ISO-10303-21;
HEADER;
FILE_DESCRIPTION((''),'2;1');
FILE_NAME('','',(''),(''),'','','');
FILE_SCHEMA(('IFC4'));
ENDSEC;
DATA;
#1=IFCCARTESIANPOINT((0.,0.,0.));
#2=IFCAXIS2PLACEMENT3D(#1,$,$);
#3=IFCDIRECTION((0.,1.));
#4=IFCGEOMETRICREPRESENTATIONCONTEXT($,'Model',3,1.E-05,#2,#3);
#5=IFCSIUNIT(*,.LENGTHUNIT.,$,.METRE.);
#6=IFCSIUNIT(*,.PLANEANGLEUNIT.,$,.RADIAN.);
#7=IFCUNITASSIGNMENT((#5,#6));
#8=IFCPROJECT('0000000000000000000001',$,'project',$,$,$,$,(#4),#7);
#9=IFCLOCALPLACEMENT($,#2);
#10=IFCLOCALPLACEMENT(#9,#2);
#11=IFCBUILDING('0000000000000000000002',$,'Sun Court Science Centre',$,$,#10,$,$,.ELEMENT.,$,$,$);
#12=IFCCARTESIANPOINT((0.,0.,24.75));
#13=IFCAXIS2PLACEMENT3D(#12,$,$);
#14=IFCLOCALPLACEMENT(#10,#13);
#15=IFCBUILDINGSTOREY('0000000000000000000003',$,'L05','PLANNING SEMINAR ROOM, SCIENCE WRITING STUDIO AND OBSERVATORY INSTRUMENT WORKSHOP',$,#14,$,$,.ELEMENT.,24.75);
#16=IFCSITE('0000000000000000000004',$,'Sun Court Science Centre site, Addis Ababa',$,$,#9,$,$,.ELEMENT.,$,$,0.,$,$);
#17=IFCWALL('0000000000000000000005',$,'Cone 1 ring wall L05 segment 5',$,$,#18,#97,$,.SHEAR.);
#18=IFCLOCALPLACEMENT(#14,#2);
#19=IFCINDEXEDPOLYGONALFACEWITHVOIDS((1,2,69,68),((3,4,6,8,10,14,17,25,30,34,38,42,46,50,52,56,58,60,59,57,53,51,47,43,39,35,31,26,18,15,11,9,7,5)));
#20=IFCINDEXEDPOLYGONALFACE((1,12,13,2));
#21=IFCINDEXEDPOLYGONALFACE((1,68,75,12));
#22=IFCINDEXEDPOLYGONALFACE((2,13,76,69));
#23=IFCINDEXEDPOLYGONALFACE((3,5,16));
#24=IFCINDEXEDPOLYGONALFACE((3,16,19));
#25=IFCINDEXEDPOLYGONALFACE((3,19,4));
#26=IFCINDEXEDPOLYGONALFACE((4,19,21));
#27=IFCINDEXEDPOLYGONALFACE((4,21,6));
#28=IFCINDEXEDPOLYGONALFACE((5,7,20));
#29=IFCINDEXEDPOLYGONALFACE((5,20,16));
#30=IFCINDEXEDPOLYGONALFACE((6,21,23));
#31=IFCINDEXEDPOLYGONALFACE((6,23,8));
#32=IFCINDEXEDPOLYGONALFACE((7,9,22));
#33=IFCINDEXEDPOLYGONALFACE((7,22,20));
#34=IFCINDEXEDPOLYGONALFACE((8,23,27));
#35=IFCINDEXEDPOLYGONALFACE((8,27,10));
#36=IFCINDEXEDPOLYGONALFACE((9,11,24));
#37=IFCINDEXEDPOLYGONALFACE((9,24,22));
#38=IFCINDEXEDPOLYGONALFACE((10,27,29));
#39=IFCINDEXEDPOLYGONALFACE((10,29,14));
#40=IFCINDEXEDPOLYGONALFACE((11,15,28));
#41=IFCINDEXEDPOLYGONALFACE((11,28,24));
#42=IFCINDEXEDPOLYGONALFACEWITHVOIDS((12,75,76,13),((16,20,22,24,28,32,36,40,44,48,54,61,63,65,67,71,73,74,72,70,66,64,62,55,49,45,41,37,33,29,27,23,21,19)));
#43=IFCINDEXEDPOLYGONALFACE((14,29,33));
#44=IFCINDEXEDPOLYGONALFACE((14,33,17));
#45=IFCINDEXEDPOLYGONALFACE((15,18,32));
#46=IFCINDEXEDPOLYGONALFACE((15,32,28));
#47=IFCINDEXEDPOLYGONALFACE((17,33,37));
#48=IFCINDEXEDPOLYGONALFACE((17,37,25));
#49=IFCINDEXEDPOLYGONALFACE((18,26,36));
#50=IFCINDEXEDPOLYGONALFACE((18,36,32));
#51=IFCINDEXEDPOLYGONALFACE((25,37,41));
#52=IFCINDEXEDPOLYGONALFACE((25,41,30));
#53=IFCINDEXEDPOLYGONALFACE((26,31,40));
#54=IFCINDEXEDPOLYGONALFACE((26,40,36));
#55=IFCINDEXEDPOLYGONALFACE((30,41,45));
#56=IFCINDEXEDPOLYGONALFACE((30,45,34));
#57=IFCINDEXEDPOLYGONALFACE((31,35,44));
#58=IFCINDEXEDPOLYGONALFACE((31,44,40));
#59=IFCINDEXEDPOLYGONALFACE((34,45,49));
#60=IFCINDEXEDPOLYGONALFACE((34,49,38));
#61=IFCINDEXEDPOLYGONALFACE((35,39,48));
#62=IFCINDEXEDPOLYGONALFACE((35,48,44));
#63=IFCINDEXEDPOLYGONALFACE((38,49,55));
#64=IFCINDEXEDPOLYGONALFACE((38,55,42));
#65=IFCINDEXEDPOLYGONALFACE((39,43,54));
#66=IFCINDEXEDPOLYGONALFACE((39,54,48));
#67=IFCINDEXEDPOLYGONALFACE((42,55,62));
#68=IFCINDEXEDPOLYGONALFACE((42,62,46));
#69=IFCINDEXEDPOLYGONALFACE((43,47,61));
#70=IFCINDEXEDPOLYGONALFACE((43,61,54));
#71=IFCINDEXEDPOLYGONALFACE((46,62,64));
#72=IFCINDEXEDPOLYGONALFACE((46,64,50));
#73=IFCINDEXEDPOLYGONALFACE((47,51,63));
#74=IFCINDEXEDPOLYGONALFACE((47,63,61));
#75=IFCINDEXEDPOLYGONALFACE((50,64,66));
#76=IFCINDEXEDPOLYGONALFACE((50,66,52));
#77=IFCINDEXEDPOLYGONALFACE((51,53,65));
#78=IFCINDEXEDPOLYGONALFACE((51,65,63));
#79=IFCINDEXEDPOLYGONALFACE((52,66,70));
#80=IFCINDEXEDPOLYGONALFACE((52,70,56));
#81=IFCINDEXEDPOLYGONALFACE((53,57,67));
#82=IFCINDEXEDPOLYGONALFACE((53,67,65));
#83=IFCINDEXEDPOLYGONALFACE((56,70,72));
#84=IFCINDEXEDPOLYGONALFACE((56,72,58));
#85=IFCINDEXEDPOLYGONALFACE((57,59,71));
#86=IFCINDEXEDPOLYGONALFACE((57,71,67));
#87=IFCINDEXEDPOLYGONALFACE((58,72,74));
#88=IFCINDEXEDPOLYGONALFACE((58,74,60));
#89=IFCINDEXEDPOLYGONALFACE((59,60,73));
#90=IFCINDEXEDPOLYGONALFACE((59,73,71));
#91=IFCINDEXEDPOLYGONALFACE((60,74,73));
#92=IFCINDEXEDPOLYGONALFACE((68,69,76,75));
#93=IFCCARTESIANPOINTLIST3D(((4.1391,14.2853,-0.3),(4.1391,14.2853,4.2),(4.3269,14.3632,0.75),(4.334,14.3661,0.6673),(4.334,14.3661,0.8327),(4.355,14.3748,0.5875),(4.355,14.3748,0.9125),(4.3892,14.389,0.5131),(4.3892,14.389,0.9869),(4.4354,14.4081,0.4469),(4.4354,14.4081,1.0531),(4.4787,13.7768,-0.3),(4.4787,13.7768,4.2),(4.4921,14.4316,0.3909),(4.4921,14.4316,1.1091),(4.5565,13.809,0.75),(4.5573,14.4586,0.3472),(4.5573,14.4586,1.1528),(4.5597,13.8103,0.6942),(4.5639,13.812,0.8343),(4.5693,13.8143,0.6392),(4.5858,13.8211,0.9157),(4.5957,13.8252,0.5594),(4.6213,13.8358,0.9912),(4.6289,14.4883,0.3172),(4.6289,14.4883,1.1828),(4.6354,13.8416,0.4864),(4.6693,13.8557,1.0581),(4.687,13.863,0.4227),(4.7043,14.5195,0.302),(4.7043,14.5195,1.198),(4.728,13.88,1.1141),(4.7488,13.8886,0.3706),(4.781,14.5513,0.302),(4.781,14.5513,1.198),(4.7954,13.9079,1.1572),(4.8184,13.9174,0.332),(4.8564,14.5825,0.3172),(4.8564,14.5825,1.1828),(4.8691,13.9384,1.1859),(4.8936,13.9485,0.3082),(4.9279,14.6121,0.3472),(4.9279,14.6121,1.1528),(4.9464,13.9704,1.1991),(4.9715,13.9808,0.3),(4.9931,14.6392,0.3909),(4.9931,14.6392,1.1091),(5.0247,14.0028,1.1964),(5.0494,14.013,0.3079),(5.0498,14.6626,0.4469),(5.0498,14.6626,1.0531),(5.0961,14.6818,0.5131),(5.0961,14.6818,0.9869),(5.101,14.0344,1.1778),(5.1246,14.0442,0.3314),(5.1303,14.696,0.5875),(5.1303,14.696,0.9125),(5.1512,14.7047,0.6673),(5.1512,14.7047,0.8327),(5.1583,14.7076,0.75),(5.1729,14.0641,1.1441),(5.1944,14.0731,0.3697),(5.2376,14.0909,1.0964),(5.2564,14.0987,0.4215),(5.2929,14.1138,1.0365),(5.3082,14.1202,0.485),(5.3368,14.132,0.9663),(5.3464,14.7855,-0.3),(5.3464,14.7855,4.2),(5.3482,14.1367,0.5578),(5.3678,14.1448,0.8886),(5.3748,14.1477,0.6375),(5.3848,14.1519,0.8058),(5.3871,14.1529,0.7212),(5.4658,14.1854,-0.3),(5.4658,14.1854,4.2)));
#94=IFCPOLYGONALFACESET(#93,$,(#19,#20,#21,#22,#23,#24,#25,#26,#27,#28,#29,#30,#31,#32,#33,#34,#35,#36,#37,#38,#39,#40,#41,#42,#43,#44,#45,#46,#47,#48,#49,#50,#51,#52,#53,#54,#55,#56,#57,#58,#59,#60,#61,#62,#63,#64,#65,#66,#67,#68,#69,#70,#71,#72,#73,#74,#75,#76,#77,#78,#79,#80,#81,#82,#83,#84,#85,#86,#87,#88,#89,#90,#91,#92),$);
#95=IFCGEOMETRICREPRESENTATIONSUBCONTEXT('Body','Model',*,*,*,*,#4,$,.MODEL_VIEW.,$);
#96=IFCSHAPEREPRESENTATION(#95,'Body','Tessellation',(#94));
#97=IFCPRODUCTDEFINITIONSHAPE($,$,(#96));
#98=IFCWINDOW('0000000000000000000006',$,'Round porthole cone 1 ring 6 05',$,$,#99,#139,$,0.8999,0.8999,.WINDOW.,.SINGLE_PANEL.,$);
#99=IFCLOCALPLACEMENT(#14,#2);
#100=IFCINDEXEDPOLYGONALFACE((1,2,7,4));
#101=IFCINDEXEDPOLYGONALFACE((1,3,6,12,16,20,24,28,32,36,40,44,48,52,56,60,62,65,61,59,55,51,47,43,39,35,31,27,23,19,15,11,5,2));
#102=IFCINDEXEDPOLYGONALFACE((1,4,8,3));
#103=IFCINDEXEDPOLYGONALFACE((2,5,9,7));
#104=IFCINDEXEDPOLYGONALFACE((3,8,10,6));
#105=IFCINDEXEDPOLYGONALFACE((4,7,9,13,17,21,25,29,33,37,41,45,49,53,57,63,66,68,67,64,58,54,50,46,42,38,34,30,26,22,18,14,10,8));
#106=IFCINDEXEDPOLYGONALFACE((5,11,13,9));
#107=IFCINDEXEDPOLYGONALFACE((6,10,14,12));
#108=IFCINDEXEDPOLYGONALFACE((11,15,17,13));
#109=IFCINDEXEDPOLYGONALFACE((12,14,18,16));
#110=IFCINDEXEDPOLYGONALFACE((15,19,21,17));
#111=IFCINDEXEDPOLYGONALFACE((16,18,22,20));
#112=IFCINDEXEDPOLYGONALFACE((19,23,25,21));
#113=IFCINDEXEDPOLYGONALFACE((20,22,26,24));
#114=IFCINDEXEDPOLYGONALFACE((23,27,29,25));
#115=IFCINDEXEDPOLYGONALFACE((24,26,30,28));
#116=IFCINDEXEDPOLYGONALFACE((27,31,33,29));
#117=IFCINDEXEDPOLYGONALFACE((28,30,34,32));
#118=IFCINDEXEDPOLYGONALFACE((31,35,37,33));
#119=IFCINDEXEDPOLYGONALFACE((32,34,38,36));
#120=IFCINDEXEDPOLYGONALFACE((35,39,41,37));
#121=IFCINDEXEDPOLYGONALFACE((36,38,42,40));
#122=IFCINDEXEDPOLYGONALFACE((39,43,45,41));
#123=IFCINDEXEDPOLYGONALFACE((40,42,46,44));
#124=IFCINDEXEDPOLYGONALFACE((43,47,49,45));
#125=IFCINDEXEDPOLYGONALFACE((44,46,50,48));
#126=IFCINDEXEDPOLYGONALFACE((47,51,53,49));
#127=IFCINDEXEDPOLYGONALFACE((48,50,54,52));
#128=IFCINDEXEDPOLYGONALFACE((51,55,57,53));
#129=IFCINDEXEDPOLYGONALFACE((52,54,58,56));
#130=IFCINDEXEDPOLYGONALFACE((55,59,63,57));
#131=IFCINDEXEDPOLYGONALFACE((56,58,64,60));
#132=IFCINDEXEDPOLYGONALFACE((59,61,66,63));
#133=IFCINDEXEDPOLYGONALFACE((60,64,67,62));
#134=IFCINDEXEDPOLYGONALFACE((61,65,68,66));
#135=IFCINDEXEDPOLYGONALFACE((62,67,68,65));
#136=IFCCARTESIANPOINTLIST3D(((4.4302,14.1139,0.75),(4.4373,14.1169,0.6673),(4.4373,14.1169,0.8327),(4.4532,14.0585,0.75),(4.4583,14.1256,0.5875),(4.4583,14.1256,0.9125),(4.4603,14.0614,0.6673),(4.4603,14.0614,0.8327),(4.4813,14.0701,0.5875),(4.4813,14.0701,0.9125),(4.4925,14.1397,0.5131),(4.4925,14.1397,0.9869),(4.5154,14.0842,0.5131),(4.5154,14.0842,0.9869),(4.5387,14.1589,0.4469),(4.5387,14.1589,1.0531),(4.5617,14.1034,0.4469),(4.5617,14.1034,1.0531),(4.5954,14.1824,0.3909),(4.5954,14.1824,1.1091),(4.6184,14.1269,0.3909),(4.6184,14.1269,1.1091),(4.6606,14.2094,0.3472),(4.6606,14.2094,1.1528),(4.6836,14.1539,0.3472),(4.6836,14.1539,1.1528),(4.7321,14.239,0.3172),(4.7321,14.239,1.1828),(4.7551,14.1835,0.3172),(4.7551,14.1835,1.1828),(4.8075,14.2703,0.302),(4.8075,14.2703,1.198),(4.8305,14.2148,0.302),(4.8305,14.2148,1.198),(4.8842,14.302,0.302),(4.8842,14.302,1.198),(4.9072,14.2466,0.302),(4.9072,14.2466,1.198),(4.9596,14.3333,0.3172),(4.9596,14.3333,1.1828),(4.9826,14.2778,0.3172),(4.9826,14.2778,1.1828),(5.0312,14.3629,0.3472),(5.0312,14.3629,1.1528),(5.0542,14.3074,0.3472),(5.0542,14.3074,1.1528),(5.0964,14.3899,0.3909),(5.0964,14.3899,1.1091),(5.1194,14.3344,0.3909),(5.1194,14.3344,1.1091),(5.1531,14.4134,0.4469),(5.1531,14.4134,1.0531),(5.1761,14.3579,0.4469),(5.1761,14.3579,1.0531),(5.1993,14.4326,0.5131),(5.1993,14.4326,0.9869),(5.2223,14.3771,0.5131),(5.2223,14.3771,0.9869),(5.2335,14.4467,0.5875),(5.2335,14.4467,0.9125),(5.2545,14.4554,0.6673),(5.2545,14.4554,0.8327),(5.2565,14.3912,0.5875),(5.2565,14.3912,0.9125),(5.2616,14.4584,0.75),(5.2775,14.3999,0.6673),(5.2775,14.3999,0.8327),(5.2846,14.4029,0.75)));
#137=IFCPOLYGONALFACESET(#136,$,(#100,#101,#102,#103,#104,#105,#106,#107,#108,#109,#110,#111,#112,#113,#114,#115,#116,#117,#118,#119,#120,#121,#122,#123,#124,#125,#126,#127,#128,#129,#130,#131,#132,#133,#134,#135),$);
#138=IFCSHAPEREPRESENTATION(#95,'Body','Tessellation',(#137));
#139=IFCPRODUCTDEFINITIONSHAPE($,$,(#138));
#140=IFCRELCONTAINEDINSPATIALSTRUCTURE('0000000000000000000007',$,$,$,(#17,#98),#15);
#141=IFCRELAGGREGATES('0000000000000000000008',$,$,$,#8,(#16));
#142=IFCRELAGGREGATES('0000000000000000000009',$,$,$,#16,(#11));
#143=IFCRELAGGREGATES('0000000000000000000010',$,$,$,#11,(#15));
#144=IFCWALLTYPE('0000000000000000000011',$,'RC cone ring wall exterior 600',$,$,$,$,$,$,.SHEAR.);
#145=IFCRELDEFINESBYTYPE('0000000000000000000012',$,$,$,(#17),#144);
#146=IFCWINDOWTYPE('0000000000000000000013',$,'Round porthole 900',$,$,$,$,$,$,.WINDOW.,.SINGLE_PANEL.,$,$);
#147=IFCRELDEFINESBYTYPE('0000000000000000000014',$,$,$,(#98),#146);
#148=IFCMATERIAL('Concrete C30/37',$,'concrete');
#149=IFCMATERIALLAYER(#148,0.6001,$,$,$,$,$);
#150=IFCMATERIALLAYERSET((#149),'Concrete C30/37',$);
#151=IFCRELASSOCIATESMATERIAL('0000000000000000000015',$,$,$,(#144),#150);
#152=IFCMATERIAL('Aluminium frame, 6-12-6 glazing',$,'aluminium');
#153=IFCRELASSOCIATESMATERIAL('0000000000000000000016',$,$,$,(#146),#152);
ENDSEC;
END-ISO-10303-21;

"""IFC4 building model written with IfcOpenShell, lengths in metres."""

from ifc_helpers import new_model, si_unit, direction, frame, frame_2d, origin, place, context, subcontext, project, spatial, polyline, circle, outline, extrude, material, layer, layer_set, type_object, element, fill, save


model = new_model("IFC4")

# Units and contexts
model_context = context("Model", 3, precision=1e-05, world=origin(), true_north=direction((0.0, 1.0)))
body_context = subcontext(model_context, "Body", "Model", "MODEL_VIEW")
ifc_project = project(units=[si_unit("LENGTHUNIT", "METRE"), si_unit("PLANEANGLEUNIT", "RADIAN")], contexts=[model_context])

# Site, building, storey
site_placement = place(None, origin())
site = spatial("IfcSite", under=ifc_project, at=site_placement, Name="Sun Court Science Centre site, Addis Ababa", CompositionType="ELEMENT", RefElevation=0.0)
building_placement = place(site_placement, origin())
building = spatial("IfcBuilding", under=site, at=building_placement, Name="Sun Court Science Centre", CompositionType="ELEMENT")
storey_placement = place(building_placement, frame((0.0, 0.0, 24.75)))
storey = spatial("IfcBuildingStorey", under=building, at=storey_placement, Name="L05", Description="PLANNING SEMINAR ROOM, SCIENCE WRITING STUDIO AND OBSERVATORY INSTRUMENT WORKSHOP", CompositionType="ELEMENT", Elevation=24.75)

# Wall, opening, window
ifc_material_1 = material(Name="Concrete C30/37", Category="concrete")
ifc_layer = layer(ifc_material_1, 0.6001)
ifc_layer_set = layer_set([ifc_layer], Name="Concrete C30/37")
wall_type = type_object("IfcWallType", Name="RC cone ring wall exterior 600", PredefinedType="SHEAR", material=ifc_layer_set)
ifc_material_2 = material(Name="Aluminium frame, 6-12-6 glazing", Category="aluminium")
window_type = type_object("IfcWindowType", Name="Round porthole 900", PartitioningType="SINGLE_PANEL", PredefinedType="WINDOW", material=ifc_material_2)
wall_1_placement = place(storey_placement, frame((5.4612, 14.5085, -0.3), z_axis=(0.0, 0.0, 1.0), x_axis=(-0.92386, -0.382731, 0.0)))
wall_1 = element("IfcWall", 1, at=wall_1_placement, inside=storey, type_object=wall_type, Name="Cone 1 ring wall L05 segment 5", PredefinedType="SHEAR", context=body_context, shape_type="SweptSolid", body=[
    extrude(outline(polyline([(0.0, -0.2998), (1.3069, -0.2998), (1.1877, 0.3), (0.1194, 0.3003), (0.0, -0.2998)])), origin(), (0.0, 0.0, 1.0), 4.5),
])
opening_1_placement = place(wall_1_placement, frame((0.2036, 0.0, 0.6001)))
opening_1 = element("IfcOpeningElement", 2, at=opening_1_placement, cuts=wall_1, PredefinedType="OPENING", context=body_context, shape_type="SweptSolid", body=[
    extrude(circle(Radius=0.45, at=frame_2d((0.45, 0.45))), frame((0.0, 0.3101, 0.0), z_axis=(0.0, -1.0, 0.0), x_axis=(1.0, 0.0, 0.0)), (0.0, 0.0, 1.0), 0.6201),
])
window_1_placement = place(opening_1_placement, origin())
window_1 = element("IfcWindow", 3, at=window_1_placement, inside=storey, type_object=window_type, Name="Round porthole cone 1 ring 6 05", OverallHeight=0.8999, OverallWidth=0.8999, PartitioningType="SINGLE_PANEL", PredefinedType="WINDOW", context=body_context, shape_type="SweptSolid", body=[
    extrude(circle(Radius=0.45, at=frame_2d((0.45, 0.45))), frame((0.0, 0.03, 0.0), z_axis=(0.0, -1.0, 0.0), x_axis=(1.0, 0.0, 0.0)), (0.0, 0.0, 1.0), 0.0601),
])
fill(opening_1, window_1)

save(model, "model.ifc")
